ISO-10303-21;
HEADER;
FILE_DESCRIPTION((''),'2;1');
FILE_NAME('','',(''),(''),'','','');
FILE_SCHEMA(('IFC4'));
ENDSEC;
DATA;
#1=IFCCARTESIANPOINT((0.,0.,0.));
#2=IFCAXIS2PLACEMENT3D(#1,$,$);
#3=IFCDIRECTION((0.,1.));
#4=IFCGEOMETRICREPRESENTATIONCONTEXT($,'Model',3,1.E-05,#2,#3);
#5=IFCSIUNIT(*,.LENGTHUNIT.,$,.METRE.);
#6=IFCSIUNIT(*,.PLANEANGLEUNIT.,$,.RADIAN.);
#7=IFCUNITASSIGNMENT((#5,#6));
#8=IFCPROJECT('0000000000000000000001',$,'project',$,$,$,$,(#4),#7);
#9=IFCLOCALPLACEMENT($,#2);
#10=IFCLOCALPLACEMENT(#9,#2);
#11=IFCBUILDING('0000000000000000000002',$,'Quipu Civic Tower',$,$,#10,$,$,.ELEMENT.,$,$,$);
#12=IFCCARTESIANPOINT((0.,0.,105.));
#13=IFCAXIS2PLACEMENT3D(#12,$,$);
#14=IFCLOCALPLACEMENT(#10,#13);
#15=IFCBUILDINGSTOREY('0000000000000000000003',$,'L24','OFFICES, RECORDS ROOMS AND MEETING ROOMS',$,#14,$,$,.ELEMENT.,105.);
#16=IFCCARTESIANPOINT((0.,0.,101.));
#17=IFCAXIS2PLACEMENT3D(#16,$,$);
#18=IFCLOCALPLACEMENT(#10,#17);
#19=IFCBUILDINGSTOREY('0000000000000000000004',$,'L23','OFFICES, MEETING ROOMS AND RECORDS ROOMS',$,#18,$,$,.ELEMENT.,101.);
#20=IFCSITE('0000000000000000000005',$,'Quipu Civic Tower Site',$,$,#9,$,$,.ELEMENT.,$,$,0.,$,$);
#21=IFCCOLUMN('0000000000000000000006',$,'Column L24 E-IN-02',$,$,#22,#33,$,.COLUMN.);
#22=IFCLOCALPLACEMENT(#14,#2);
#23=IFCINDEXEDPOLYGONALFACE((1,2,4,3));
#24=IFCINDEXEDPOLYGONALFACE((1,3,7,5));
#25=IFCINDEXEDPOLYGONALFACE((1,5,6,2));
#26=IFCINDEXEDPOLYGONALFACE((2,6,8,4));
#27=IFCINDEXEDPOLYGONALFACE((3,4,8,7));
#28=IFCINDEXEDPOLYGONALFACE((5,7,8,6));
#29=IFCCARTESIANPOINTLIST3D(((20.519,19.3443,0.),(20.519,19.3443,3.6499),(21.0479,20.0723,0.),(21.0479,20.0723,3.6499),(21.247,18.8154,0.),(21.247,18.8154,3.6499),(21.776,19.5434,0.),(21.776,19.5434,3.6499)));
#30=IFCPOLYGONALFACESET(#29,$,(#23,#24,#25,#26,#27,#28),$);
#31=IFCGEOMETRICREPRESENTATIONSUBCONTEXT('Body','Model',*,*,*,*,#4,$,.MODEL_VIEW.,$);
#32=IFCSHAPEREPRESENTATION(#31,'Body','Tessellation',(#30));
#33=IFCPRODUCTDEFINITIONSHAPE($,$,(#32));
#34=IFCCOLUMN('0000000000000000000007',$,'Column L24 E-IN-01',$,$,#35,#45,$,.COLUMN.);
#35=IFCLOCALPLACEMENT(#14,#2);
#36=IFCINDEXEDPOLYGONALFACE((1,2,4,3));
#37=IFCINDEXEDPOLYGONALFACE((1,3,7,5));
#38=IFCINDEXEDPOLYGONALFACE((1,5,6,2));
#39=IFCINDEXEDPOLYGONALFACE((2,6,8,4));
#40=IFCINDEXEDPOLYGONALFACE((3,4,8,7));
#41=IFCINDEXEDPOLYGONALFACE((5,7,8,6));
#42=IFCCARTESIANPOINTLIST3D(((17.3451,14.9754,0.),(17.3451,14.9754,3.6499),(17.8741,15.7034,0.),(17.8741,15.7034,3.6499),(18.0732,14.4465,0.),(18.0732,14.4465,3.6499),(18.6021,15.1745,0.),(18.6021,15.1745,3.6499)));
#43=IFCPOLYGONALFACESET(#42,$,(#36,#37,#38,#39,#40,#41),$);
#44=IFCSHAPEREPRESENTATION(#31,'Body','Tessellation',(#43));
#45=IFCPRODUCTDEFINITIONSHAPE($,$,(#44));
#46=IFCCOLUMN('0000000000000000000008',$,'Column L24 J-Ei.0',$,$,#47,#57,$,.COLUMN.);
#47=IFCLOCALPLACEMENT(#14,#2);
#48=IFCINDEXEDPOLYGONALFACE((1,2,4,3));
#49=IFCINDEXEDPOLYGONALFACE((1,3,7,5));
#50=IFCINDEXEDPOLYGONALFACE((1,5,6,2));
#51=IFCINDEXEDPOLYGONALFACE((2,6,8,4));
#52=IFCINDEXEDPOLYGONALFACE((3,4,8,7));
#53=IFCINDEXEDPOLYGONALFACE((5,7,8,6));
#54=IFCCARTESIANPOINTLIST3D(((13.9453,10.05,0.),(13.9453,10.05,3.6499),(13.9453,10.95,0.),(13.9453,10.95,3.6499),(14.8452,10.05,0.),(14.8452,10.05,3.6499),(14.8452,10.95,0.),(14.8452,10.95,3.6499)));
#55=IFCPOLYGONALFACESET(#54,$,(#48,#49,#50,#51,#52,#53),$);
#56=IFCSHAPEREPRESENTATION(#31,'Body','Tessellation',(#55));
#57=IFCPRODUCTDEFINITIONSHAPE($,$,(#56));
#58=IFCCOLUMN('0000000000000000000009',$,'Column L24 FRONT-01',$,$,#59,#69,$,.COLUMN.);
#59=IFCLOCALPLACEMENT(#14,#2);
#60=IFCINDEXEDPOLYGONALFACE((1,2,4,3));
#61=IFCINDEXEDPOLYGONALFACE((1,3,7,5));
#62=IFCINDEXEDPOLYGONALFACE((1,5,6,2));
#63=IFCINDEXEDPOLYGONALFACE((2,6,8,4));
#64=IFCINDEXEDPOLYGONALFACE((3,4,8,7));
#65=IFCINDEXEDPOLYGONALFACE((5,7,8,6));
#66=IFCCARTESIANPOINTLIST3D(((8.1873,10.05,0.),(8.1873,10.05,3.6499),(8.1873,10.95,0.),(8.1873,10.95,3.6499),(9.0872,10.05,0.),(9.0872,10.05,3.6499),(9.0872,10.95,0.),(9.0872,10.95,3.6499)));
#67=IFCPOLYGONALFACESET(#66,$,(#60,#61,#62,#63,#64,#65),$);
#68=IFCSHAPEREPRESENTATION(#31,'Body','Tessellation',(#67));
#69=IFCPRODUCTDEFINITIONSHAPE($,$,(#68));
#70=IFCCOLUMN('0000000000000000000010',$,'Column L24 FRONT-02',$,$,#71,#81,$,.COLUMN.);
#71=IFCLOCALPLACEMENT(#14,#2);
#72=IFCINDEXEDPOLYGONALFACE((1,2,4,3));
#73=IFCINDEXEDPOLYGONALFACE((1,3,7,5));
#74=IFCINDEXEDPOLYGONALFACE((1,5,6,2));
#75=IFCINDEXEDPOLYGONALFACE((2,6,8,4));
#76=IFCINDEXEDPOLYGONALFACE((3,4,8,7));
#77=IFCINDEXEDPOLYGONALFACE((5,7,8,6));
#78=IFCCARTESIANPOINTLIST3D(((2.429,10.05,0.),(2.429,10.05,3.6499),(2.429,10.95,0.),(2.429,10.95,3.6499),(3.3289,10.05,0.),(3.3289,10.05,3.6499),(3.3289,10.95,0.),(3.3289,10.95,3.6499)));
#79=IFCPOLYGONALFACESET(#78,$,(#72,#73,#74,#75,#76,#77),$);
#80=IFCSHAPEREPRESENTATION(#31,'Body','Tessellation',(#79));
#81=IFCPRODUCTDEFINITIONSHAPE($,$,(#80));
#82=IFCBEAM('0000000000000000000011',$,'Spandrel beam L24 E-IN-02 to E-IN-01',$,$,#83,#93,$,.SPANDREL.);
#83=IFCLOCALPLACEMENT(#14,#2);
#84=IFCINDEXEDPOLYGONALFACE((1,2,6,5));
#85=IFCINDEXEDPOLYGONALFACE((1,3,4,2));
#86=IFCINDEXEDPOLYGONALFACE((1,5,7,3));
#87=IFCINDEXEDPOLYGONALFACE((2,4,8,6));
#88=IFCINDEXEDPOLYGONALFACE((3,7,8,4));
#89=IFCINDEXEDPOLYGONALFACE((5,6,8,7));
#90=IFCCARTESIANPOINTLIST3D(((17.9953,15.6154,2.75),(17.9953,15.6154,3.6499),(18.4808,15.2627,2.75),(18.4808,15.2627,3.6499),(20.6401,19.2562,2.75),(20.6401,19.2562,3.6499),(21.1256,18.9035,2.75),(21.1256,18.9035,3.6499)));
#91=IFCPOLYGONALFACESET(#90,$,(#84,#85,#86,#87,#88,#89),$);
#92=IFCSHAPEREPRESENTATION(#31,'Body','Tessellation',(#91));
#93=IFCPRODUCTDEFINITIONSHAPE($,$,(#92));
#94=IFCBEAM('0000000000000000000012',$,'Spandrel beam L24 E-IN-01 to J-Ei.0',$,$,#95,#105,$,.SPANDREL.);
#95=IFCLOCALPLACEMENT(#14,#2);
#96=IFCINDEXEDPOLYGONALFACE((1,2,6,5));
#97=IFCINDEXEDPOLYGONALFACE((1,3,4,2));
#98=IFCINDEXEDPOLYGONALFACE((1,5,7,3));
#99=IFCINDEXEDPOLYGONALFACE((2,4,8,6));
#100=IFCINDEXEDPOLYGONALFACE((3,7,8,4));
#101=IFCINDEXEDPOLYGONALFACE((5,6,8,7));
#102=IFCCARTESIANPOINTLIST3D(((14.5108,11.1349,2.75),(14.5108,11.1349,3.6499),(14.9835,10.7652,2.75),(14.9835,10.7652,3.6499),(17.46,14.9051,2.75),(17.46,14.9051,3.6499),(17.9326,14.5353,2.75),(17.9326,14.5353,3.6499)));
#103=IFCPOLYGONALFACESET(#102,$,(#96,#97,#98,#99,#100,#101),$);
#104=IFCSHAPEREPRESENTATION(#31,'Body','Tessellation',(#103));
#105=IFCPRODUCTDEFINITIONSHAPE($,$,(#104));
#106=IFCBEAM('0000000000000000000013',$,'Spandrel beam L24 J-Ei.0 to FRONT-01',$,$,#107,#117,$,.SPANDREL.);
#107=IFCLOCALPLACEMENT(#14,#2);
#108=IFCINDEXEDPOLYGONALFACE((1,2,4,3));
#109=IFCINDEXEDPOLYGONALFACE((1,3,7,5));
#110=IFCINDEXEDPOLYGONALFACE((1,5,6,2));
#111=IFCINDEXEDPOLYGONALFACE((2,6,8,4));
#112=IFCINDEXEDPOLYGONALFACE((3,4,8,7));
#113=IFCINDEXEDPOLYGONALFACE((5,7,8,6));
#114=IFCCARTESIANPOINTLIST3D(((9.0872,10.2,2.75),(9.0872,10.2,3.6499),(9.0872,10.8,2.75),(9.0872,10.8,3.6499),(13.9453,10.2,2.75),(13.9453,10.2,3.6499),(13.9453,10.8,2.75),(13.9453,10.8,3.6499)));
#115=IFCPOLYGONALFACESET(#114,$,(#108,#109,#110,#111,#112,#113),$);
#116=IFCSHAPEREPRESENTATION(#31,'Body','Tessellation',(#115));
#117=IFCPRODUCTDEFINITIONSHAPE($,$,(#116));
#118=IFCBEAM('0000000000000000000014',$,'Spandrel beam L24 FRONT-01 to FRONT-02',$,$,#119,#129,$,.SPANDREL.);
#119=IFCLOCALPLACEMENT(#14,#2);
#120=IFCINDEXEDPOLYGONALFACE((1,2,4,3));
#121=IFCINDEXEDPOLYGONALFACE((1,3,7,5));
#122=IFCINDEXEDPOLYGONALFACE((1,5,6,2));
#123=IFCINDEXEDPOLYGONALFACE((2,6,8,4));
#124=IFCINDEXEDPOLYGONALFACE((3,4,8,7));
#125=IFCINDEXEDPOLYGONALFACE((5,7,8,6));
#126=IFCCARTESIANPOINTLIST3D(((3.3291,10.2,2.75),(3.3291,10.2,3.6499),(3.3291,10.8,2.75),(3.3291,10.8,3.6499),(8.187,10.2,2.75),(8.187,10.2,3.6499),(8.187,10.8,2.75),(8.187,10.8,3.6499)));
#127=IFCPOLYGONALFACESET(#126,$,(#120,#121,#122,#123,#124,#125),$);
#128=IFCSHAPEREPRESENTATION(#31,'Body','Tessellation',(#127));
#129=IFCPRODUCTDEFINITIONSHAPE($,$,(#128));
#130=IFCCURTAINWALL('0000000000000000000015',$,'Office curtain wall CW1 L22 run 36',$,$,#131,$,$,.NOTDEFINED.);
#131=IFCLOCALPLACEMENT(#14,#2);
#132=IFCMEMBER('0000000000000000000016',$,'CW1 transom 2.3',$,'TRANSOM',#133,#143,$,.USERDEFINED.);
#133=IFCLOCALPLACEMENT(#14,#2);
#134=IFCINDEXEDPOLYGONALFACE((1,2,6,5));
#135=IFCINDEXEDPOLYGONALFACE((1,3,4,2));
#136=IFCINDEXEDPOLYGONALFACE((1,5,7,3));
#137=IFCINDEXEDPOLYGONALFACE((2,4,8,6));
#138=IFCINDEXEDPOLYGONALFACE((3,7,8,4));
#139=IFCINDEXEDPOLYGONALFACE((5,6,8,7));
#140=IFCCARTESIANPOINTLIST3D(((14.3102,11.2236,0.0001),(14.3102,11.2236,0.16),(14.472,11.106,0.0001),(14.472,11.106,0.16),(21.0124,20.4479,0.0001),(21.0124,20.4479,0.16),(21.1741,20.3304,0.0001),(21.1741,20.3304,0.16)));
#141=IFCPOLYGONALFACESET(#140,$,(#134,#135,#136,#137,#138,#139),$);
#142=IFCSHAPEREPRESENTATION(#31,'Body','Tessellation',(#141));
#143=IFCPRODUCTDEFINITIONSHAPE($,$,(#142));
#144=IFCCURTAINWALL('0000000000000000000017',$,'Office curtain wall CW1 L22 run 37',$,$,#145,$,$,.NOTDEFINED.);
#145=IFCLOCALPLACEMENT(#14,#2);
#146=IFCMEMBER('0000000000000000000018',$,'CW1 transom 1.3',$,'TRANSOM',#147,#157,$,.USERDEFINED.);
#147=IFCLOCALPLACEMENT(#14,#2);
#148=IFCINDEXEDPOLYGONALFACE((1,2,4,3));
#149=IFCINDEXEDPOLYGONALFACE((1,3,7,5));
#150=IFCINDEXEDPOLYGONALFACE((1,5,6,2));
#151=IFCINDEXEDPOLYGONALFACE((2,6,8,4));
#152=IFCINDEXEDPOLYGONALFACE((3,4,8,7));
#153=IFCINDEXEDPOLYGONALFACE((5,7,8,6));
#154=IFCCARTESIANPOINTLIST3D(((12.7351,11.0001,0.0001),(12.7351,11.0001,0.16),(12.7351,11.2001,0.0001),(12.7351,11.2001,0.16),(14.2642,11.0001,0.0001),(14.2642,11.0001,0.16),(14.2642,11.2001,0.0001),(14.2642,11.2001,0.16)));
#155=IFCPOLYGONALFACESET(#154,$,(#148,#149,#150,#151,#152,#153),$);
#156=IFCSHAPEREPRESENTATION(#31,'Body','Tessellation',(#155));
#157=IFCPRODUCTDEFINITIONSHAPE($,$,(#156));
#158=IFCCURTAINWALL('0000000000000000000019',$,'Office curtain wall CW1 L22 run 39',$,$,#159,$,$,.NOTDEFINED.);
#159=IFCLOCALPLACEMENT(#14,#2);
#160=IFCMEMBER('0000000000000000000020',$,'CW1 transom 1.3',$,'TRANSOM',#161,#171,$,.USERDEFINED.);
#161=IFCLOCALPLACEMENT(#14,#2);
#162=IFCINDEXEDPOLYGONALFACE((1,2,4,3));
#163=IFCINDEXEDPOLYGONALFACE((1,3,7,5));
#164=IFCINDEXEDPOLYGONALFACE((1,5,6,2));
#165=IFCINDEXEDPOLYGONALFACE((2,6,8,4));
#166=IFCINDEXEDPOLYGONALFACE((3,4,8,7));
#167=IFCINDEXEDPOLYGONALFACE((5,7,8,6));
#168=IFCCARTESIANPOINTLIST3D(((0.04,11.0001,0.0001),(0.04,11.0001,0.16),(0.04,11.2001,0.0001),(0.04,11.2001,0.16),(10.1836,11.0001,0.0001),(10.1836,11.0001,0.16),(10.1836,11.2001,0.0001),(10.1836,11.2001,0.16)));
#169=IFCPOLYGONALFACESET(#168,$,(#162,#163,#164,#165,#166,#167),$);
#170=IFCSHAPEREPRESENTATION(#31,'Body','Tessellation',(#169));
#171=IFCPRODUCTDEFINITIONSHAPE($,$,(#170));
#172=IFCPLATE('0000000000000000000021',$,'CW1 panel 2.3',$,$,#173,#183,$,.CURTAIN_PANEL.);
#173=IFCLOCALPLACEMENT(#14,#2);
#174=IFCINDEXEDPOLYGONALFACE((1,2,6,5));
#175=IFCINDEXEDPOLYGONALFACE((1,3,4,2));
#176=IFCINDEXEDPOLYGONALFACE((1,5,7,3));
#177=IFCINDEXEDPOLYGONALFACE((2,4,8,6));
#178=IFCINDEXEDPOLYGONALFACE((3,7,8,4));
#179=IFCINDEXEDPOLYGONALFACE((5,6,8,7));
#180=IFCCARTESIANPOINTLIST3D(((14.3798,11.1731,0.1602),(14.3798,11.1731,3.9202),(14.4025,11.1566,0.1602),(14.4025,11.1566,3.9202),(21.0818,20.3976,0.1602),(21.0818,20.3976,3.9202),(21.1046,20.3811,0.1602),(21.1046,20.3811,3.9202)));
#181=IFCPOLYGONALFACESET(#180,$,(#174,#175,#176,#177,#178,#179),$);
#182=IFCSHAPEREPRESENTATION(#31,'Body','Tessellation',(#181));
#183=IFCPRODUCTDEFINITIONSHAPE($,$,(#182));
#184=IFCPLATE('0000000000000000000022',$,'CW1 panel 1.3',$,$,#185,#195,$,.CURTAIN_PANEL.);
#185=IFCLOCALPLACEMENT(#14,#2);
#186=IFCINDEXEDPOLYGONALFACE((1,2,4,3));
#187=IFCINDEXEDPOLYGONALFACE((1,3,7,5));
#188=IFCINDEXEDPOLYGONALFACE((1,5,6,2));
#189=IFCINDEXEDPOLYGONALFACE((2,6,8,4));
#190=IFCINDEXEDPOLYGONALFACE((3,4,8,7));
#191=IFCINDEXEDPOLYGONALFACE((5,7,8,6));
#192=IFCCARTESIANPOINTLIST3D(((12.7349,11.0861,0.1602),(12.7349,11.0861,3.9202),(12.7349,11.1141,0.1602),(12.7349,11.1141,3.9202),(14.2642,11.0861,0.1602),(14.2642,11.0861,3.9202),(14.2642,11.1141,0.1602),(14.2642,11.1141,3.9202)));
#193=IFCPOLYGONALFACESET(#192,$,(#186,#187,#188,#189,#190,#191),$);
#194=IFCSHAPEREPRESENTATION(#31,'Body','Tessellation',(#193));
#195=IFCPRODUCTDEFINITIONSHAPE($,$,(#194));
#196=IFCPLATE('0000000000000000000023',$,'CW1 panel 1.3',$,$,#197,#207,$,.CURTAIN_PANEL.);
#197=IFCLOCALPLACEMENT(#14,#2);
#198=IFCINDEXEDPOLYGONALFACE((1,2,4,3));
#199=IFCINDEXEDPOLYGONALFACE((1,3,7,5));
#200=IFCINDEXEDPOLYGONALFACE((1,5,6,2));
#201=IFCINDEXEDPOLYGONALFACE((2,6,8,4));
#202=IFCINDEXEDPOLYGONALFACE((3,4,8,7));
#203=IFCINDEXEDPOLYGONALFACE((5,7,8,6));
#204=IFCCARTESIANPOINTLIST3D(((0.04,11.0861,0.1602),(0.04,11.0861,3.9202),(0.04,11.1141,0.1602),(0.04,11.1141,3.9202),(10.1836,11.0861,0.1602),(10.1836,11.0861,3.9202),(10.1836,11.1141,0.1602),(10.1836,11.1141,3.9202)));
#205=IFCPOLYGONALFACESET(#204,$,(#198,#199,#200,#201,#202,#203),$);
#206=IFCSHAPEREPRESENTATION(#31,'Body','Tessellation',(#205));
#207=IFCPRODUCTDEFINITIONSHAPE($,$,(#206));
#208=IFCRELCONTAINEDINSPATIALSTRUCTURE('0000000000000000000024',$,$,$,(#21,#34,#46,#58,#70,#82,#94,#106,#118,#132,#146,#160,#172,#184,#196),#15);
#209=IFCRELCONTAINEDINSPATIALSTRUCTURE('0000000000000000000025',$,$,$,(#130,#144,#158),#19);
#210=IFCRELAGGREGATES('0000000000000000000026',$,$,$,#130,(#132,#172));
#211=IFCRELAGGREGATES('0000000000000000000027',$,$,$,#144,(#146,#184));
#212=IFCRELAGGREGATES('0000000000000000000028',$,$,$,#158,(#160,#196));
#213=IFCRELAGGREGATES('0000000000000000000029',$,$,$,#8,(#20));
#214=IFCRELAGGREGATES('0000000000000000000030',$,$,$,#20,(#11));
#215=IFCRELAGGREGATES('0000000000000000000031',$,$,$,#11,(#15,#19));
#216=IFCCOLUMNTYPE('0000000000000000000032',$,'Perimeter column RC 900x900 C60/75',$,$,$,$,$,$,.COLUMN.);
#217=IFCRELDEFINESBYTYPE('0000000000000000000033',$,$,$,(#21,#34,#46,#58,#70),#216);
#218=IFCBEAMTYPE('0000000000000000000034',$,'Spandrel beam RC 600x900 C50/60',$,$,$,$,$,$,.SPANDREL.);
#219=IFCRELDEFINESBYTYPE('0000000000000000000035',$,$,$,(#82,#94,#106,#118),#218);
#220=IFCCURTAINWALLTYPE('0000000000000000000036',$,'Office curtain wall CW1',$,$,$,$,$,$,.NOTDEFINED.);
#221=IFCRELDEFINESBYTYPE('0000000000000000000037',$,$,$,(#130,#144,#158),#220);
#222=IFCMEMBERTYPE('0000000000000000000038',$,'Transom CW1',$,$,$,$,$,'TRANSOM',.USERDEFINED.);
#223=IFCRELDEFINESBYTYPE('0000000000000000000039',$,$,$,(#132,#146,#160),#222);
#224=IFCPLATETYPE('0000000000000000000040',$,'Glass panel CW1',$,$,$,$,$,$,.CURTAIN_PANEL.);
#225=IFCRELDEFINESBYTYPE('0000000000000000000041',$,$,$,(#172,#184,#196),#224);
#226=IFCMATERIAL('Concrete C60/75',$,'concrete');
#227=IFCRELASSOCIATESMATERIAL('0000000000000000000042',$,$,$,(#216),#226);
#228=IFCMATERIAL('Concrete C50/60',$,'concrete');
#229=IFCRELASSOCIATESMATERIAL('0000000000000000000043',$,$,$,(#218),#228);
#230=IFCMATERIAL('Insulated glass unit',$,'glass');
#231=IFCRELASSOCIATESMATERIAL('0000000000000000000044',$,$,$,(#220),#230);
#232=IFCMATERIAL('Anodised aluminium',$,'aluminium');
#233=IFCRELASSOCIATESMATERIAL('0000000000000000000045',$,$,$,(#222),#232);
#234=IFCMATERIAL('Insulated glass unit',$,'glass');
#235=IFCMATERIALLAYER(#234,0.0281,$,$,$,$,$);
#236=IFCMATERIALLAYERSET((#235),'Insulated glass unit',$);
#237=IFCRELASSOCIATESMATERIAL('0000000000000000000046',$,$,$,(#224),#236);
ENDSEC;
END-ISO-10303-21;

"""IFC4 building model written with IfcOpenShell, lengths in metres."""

from ifc_helpers import new_model, si_unit, direction, frame, origin, origin_2d, place, context, subcontext, project, spatial, rectangle, extrude, material, layer, layer_set, material_profile, profile_set, type_object, element, aggregate, save


model = new_model("IFC4")

# Units and contexts
model_context = context("Model", 3, precision=1e-05, world=origin(), true_north=direction((0.0, 1.0)))
body_context = subcontext(model_context, "Body", "Model", "MODEL_VIEW")
ifc_project = project(units=[si_unit("LENGTHUNIT", "METRE"), si_unit("PLANEANGLEUNIT", "RADIAN")], contexts=[model_context])

# Site, building, storey
site_placement = place(None, origin())
site = spatial("IfcSite", under=ifc_project, at=site_placement, Name="Quipu Civic Tower Site", CompositionType="ELEMENT", RefElevation=0.0)
building_placement = place(site_placement, origin())
building = spatial("IfcBuilding", under=site, at=building_placement, Name="Quipu Civic Tower", CompositionType="ELEMENT")
storey_1_placement = place(building_placement, frame((0.0, 0.0, 105.0)))
storey_1 = spatial("IfcBuildingStorey", under=building, at=storey_1_placement, Name="L24", Description="OFFICES, RECORDS ROOMS AND MEETING ROOMS", CompositionType="ELEMENT", Elevation=105.0)

# Columns
ifc_material_1 = material(Name="Concrete C60/75", Category="concrete")
ifc_material_profile_1 = material_profile(ifc_material_1, rectangle(XDim=0.8999, YDim=0.8999, at=origin_2d()), Name="RC900x900")
ifc_profile_set_1 = profile_set([ifc_material_profile_1], Name="Concrete C60/75")
column_type = type_object("IfcColumnType", Name="Perimeter column RC 900x900 C60/75", PredefinedType="COLUMN", material=ifc_profile_set_1)
for number, where, z_axis, x_axis, name in (
    (1, (21.1475, 19.4438, 0.0), (0.0, 0.0, 1.0), (-0.587785, -0.809017, 0.0), "Column L24 E-IN-02"),
    (2, (17.9736, 15.075, 0.0), (0.0, 0.0, 1.0), (-0.587785, -0.809017, 0.0), "Column L24 E-IN-01"),
    (3, (14.3953, 10.5, 0.0), (0.0, 0.0, 1.0), (-1.0, 0.0, 0.0), "Column L24 J-Ei.0"),
    (4, (8.6372, 10.5, 0.0), (0.0, 0.0, 1.0), (-1.0, 0.0, 0.0), "Column L24 FRONT-01"),
    (5, (2.8789, 10.5, 0.0), (0.0, 0.0, 1.0), (-1.0, 0.0, 0.0), "Column L24 FRONT-02"),
):
    element("IfcColumn", number, at=place(storey_1_placement, frame(where, z_axis=z_axis, x_axis=x_axis)), inside=storey_1, type_object=column_type, Name=name, PredefinedType="COLUMN", context=body_context, shape_type="SweptSolid", body=[
        extrude(rectangle(XDim=0.8999, YDim=0.8999, at=origin_2d()), origin(), (0.0, 0.0, 1.0), 3.6499),
    ])

# Beams
ifc_material_2 = material(Name="Concrete C50/60", Category="concrete")
ifc_material_profile_2 = material_profile(ifc_material_2, rectangle(XDim=0.6001, YDim=0.8999, at=origin_2d()), Name="RC600x900")
ifc_profile_set_2 = profile_set([ifc_material_profile_2], Name="Concrete C50/60")
beam_type = type_object("IfcBeamType", Name="Spandrel beam RC 600x900 C50/60", PredefinedType="SPANDREL", material=ifc_profile_set_2)
beam_1_placement = place(storey_1_placement, frame((20.8828, 19.0798, 3.2), z_axis=(-0.587717, -0.809067, 0.0), x_axis=(0.809067, -0.587717, 0.0)))
element("IfcBeam", 6, at=beam_1_placement, inside=storey_1, type_object=beam_type, Name="Spandrel beam L24 E-IN-02 to E-IN-01", PredefinedType="SPANDREL", context=body_context, shape_type="SweptSolid", body=[
    extrude(rectangle(XDim=0.6001, YDim=0.8999, at=origin_2d()), origin(), (0.0, 0.0, 1.0), 4.5),
])
beam_2_placement = place(storey_1_placement, frame((17.6963, 14.7202, 3.2), z_axis=(-0.616124, -0.787649, 0.0), x_axis=(0.787649, -0.616124, 0.0)))
element("IfcBeam", 7, at=beam_2_placement, inside=storey_1, type_object=beam_type, Name="Spandrel beam L24 E-IN-01 to J-Ei.0", PredefinedType="SPANDREL", context=body_context, shape_type="SweptSolid", body=[
    extrude(rectangle(XDim=0.6001, YDim=0.8999, at=origin_2d()), origin(), (0.0, 0.0, 1.0), 4.7866),
])
beam_3_placement = place(storey_1_placement, frame((13.9453, 10.5, 3.2), z_axis=(-1.0, 0.0, 0.0), x_axis=(0.0, -1.0, 0.0)))
element("IfcBeam", 8, at=beam_3_placement, inside=storey_1, type_object=beam_type, Name="Spandrel beam L24 J-Ei.0 to FRONT-01", PredefinedType="SPANDREL", context=body_context, shape_type="SweptSolid", body=[
    extrude(rectangle(XDim=0.6001, YDim=0.8999, at=origin_2d()), origin(), (0.0, 0.0, 1.0), 4.8582),
])
beam_4_placement = place(storey_1_placement, frame((8.187, 10.5, 3.2), z_axis=(-1.0, 0.0, 0.0), x_axis=(0.0, -1.0, 0.0)))
element("IfcBeam", 9, at=beam_4_placement, inside=storey_1, type_object=beam_type, Name="Spandrel beam L24 FRONT-01 to FRONT-02", PredefinedType="SPANDREL", context=body_context, shape_type="SweptSolid", body=[
    extrude(rectangle(XDim=0.6001, YDim=0.8999, at=origin_2d()), origin(), (0.0, 0.0, 1.0), 4.8579),
])

# Shared definitions
storey_2_placement = place(building_placement, frame((0.0, 0.0, 101.0)))
storey_2 = spatial("IfcBuildingStorey", under=building, at=storey_2_placement, Name="L23", Description="OFFICES, MEETING ROOMS AND RECORDS ROOMS", CompositionType="ELEMENT", Elevation=101.0)

# Curtain walls, members
ifc_material_3 = material(Name="Insulated glass unit", Category="glass")
curtain_wall_type = type_object("IfcCurtainWallType", Name="Office curtain wall CW1", PredefinedType="NOTDEFINED", material=ifc_material_3)
curtain_wall_1_placement = place(storey_2_placement, origin())
curtain_wall_1 = element("IfcCurtainWall", 10, at=curtain_wall_1_placement, inside=storey_2, type_object=curtain_wall_type, Name="Office curtain wall CW1 L22 run 36", PredefinedType="NOTDEFINED")
ifc_material_4 = material(Name="Anodised aluminium", Category="aluminium")
ifc_material_profile_3 = material_profile(ifc_material_4, rectangle(XDim=0.2, YDim=0.1599, at=origin_2d()), Name="RECT 200x160")
ifc_profile_set_3 = profile_set([ifc_material_profile_3], Name="Anodised aluminium")
member_type = type_object("IfcMemberType", Name="Transom CW1", ElementType="TRANSOM", PredefinedType="USERDEFINED", material=ifc_profile_set_3)
member_1_placement = place(storey_1_placement, frame((21.0933, 20.3892, 0.0801), z_axis=(-0.5878, -0.809006, 0.0), x_axis=(0.809006, -0.5878, 0.0)))
member_1 = element("IfcMember", 11, at=member_1_placement, inside=storey_1, type_object=member_type, Name="CW1 transom 2.3", ObjectType="TRANSOM", PredefinedType="USERDEFINED", context=body_context, shape_type="SweptSolid", body=[
    extrude(rectangle(XDim=0.2, YDim=0.1599, at=origin_2d()), origin(), (0.0, 0.0, 1.0), 11.4021),
])
curtain_wall_2_placement = place(storey_2_placement, origin())
curtain_wall_2 = element("IfcCurtainWall", 12, at=curtain_wall_2_placement, inside=storey_2, type_object=curtain_wall_type, Name="Office curtain wall CW1 L22 run 37", PredefinedType="NOTDEFINED")
member_2_placement = place(storey_1_placement, frame((14.2642, 11.1001, 0.0801), z_axis=(-1.0, 0.0, 0.0), x_axis=(0.0, -1.0, 0.0)))
member_2 = element("IfcMember", 13, at=member_2_placement, inside=storey_1, type_object=member_type, Name="CW1 transom 1.3", ObjectType="TRANSOM", PredefinedType="USERDEFINED", context=body_context, shape_type="SweptSolid", body=[
    extrude(rectangle(XDim=0.2, YDim=0.1599, at=origin_2d()), origin(), (0.0, 0.0, 1.0), 1.5291),
])
curtain_wall_3_placement = place(storey_2_placement, origin())
curtain_wall_3 = element("IfcCurtainWall", 14, at=curtain_wall_3_placement, inside=storey_2, type_object=curtain_wall_type, Name="Office curtain wall CW1 L22 run 39", PredefinedType="NOTDEFINED")
member_3_placement = place(storey_1_placement, frame((10.1836, 11.1001, 0.0801), z_axis=(-1.0, 0.0, 0.0), x_axis=(0.0, -1.0, 0.0)))
member_3 = element("IfcMember", 15, at=member_3_placement, inside=storey_1, type_object=member_type, Name="CW1 transom 1.3", ObjectType="TRANSOM", PredefinedType="USERDEFINED", context=body_context, shape_type="SweptSolid", body=[
    extrude(rectangle(XDim=0.2, YDim=0.1599, at=origin_2d()), origin(), (0.0, 0.0, 1.0), 10.1436),
])

# Plates
ifc_material_5 = material(Name="Insulated glass unit", Category="glass")
ifc_layer = layer(ifc_material_5, 0.0281)
ifc_layer_set = layer_set([ifc_layer], Name="Insulated glass unit")
plate_type_1 = type_object("IfcPlateType", Name="Glass panel CW1", PredefinedType="CURTAIN_PANEL", material=ifc_layer_set)
plate_1_placement = place(storey_1_placement, frame((17.7422, 15.7771, 0.1602), z_axis=(0.0, 0.0, 1.0), x_axis=(-0.587789, -0.809014, 0.0)))
plate_1 = element("IfcPlate", 16, at=plate_1_placement, inside=storey_1, type_object=plate_type_1, Name="CW1 panel 2.3", PredefinedType="CURTAIN_PANEL", context=body_context, shape_type="SweptSolid", body=[
    extrude(rectangle(XDim=11.4021, YDim=0.0281, at=origin_2d()), origin(), (0.0, 0.0, 1.0), 3.76),
])
aggregate(curtain_wall_1, [member_1, plate_1])
plate_2_placement = place(storey_1_placement, frame((13.4995, 11.1001, 0.1602), z_axis=(0.0, 0.0, 1.0), x_axis=(-1.0, 0.0, 0.0)))
plate_2 = element("IfcPlate", 17, at=plate_2_placement, inside=storey_1, type_object=plate_type_1, Name="CW1 panel 1.3", PredefinedType="CURTAIN_PANEL", context=body_context, shape_type="SweptSolid", body=[
    extrude(rectangle(XDim=1.5293, YDim=0.0281, at=origin_2d()), origin(), (0.0, 0.0, 1.0), 3.76),
])
aggregate(curtain_wall_2, [member_2, plate_2])
plate_3_placement = place(storey_1_placement, frame((5.1118, 11.1001, 0.1602), z_axis=(0.0, 0.0, 1.0), x_axis=(-1.0, 0.0, 0.0)))
plate_3 = element("IfcPlate", 18, at=plate_3_placement, inside=storey_1, type_object=plate_type_1, Name="CW1 panel 1.3", PredefinedType="CURTAIN_PANEL", context=body_context, shape_type="SweptSolid", body=[
    extrude(rectangle(XDim=10.1436, YDim=0.0281, at=origin_2d()), origin(), (0.0, 0.0, 1.0), 3.76),
])
aggregate(curtain_wall_3, [member_3, plate_3])

save(model, "model.ifc")
